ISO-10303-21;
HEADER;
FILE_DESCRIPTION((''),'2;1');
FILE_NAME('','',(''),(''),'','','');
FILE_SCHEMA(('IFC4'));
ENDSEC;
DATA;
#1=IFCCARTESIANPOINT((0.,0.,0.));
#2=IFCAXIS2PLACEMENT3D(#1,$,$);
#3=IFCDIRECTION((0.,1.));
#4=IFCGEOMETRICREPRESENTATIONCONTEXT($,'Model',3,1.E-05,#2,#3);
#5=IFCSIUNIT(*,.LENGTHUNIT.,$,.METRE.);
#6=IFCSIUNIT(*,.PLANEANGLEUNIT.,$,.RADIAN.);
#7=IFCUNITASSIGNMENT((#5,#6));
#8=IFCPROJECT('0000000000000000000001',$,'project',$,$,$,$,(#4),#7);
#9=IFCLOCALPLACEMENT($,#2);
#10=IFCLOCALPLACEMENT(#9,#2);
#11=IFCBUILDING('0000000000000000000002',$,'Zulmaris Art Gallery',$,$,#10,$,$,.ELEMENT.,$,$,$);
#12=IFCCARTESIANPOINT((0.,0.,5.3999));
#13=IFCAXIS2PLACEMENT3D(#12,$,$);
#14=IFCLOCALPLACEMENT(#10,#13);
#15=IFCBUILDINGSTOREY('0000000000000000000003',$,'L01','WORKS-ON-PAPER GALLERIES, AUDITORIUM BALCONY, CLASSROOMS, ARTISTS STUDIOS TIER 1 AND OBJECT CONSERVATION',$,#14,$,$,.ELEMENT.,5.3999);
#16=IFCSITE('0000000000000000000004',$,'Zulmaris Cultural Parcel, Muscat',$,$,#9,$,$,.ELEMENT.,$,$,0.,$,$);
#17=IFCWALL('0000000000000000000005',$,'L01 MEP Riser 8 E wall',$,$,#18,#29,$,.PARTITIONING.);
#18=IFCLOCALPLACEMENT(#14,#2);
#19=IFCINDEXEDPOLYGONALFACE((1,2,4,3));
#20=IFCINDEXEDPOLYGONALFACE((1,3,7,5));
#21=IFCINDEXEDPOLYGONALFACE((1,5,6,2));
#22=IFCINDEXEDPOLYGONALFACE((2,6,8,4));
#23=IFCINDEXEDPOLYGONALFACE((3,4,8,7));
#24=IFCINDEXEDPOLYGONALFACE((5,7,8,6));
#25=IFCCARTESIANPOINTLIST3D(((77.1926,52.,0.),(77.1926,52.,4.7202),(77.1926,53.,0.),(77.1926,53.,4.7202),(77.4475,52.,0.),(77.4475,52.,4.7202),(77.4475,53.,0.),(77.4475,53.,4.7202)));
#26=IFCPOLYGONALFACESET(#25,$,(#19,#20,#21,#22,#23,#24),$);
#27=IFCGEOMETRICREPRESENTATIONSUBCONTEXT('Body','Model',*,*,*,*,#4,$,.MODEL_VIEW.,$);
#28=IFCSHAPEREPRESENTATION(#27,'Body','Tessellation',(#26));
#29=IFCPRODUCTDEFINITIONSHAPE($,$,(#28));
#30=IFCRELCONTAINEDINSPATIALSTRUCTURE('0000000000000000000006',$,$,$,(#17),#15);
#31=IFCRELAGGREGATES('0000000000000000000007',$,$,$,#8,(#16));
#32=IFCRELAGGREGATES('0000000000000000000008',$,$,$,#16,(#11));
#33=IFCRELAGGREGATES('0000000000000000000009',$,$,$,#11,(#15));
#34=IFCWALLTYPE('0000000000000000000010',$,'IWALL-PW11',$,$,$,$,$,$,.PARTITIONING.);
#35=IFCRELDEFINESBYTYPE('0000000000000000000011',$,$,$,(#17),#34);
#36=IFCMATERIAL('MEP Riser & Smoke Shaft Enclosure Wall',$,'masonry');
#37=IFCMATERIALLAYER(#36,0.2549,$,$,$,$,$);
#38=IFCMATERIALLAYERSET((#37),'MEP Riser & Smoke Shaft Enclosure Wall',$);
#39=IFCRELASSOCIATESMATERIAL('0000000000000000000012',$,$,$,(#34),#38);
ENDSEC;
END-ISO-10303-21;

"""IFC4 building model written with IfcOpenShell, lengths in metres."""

from ifc_helpers import new_model, si_unit, direction, frame, frame_2d, origin, place, context, subcontext, project, spatial, rectangle, extrude, material, layer, layer_set, type_object, element, save


model = new_model("IFC4")

# Units and contexts
model_context = context("Model", 3, precision=1e-05, world=origin(), true_north=direction((0.0, 1.0)))
body_context = subcontext(model_context, "Body", "Model", "MODEL_VIEW")
ifc_project = project(units=[si_unit("LENGTHUNIT", "METRE"), si_unit("PLANEANGLEUNIT", "RADIAN")], contexts=[model_context])

# Site, building, storey
site_placement = place(None, origin())
site = spatial("IfcSite", under=ifc_project, at=site_placement, Name="Zulmaris Cultural Parcel, Muscat", CompositionType="ELEMENT", RefElevation=0.0)
building_placement = place(site_placement, origin())
building = spatial("IfcBuilding", under=site, at=building_placement, Name="Zulmaris Art Gallery", CompositionType="ELEMENT")
storey_placement = place(building_placement, frame((0.0, 0.0, 5.3999)))
storey = spatial("IfcBuildingStorey", under=building, at=storey_placement, Name="L01", Description="WORKS-ON-PAPER GALLERIES, AUDITORIUM BALCONY, CLASSROOMS, ARTISTS STUDIOS TIER 1 AND OBJECT CONSERVATION", CompositionType="ELEMENT", Elevation=5.3999)

# Wall
ifc_material_1 = material(Name="MEP Riser & Smoke Shaft Enclosure Wall", Category="masonry")
ifc_layer_1 = layer(ifc_material_1, 0.2549)
ifc_layer_set_1 = layer_set([ifc_layer_1], Name="MEP Riser & Smoke Shaft Enclosure Wall")
wall_type_1 = type_object("IfcWallType", Name="IWALL-PW11", PredefinedType="PARTITIONING", material=ifc_layer_set_1)
for number, where, z_axis, x_axis, name in (
    (1, (77.3201, 52.0, 0.0), (0.0, 0.0, 1.0), (0.0, 1.0, 0.0), "L01 MEP Riser 8 E wall"),
):
    element("IfcWall", number, at=place(storey_placement, frame(where, z_axis=z_axis, x_axis=x_axis)), inside=storey, type_object=wall_type_1, Name=name, PredefinedType="PARTITIONING", context=body_context, shape_type="SweptSolid", body=[
        extrude(rectangle(XDim=1.0, YDim=0.2549, at=frame_2d((0.5, 0.0))), origin(), (0.0, 0.0, 1.0), 4.7202),
    ])

save(model, "model.ifc")
